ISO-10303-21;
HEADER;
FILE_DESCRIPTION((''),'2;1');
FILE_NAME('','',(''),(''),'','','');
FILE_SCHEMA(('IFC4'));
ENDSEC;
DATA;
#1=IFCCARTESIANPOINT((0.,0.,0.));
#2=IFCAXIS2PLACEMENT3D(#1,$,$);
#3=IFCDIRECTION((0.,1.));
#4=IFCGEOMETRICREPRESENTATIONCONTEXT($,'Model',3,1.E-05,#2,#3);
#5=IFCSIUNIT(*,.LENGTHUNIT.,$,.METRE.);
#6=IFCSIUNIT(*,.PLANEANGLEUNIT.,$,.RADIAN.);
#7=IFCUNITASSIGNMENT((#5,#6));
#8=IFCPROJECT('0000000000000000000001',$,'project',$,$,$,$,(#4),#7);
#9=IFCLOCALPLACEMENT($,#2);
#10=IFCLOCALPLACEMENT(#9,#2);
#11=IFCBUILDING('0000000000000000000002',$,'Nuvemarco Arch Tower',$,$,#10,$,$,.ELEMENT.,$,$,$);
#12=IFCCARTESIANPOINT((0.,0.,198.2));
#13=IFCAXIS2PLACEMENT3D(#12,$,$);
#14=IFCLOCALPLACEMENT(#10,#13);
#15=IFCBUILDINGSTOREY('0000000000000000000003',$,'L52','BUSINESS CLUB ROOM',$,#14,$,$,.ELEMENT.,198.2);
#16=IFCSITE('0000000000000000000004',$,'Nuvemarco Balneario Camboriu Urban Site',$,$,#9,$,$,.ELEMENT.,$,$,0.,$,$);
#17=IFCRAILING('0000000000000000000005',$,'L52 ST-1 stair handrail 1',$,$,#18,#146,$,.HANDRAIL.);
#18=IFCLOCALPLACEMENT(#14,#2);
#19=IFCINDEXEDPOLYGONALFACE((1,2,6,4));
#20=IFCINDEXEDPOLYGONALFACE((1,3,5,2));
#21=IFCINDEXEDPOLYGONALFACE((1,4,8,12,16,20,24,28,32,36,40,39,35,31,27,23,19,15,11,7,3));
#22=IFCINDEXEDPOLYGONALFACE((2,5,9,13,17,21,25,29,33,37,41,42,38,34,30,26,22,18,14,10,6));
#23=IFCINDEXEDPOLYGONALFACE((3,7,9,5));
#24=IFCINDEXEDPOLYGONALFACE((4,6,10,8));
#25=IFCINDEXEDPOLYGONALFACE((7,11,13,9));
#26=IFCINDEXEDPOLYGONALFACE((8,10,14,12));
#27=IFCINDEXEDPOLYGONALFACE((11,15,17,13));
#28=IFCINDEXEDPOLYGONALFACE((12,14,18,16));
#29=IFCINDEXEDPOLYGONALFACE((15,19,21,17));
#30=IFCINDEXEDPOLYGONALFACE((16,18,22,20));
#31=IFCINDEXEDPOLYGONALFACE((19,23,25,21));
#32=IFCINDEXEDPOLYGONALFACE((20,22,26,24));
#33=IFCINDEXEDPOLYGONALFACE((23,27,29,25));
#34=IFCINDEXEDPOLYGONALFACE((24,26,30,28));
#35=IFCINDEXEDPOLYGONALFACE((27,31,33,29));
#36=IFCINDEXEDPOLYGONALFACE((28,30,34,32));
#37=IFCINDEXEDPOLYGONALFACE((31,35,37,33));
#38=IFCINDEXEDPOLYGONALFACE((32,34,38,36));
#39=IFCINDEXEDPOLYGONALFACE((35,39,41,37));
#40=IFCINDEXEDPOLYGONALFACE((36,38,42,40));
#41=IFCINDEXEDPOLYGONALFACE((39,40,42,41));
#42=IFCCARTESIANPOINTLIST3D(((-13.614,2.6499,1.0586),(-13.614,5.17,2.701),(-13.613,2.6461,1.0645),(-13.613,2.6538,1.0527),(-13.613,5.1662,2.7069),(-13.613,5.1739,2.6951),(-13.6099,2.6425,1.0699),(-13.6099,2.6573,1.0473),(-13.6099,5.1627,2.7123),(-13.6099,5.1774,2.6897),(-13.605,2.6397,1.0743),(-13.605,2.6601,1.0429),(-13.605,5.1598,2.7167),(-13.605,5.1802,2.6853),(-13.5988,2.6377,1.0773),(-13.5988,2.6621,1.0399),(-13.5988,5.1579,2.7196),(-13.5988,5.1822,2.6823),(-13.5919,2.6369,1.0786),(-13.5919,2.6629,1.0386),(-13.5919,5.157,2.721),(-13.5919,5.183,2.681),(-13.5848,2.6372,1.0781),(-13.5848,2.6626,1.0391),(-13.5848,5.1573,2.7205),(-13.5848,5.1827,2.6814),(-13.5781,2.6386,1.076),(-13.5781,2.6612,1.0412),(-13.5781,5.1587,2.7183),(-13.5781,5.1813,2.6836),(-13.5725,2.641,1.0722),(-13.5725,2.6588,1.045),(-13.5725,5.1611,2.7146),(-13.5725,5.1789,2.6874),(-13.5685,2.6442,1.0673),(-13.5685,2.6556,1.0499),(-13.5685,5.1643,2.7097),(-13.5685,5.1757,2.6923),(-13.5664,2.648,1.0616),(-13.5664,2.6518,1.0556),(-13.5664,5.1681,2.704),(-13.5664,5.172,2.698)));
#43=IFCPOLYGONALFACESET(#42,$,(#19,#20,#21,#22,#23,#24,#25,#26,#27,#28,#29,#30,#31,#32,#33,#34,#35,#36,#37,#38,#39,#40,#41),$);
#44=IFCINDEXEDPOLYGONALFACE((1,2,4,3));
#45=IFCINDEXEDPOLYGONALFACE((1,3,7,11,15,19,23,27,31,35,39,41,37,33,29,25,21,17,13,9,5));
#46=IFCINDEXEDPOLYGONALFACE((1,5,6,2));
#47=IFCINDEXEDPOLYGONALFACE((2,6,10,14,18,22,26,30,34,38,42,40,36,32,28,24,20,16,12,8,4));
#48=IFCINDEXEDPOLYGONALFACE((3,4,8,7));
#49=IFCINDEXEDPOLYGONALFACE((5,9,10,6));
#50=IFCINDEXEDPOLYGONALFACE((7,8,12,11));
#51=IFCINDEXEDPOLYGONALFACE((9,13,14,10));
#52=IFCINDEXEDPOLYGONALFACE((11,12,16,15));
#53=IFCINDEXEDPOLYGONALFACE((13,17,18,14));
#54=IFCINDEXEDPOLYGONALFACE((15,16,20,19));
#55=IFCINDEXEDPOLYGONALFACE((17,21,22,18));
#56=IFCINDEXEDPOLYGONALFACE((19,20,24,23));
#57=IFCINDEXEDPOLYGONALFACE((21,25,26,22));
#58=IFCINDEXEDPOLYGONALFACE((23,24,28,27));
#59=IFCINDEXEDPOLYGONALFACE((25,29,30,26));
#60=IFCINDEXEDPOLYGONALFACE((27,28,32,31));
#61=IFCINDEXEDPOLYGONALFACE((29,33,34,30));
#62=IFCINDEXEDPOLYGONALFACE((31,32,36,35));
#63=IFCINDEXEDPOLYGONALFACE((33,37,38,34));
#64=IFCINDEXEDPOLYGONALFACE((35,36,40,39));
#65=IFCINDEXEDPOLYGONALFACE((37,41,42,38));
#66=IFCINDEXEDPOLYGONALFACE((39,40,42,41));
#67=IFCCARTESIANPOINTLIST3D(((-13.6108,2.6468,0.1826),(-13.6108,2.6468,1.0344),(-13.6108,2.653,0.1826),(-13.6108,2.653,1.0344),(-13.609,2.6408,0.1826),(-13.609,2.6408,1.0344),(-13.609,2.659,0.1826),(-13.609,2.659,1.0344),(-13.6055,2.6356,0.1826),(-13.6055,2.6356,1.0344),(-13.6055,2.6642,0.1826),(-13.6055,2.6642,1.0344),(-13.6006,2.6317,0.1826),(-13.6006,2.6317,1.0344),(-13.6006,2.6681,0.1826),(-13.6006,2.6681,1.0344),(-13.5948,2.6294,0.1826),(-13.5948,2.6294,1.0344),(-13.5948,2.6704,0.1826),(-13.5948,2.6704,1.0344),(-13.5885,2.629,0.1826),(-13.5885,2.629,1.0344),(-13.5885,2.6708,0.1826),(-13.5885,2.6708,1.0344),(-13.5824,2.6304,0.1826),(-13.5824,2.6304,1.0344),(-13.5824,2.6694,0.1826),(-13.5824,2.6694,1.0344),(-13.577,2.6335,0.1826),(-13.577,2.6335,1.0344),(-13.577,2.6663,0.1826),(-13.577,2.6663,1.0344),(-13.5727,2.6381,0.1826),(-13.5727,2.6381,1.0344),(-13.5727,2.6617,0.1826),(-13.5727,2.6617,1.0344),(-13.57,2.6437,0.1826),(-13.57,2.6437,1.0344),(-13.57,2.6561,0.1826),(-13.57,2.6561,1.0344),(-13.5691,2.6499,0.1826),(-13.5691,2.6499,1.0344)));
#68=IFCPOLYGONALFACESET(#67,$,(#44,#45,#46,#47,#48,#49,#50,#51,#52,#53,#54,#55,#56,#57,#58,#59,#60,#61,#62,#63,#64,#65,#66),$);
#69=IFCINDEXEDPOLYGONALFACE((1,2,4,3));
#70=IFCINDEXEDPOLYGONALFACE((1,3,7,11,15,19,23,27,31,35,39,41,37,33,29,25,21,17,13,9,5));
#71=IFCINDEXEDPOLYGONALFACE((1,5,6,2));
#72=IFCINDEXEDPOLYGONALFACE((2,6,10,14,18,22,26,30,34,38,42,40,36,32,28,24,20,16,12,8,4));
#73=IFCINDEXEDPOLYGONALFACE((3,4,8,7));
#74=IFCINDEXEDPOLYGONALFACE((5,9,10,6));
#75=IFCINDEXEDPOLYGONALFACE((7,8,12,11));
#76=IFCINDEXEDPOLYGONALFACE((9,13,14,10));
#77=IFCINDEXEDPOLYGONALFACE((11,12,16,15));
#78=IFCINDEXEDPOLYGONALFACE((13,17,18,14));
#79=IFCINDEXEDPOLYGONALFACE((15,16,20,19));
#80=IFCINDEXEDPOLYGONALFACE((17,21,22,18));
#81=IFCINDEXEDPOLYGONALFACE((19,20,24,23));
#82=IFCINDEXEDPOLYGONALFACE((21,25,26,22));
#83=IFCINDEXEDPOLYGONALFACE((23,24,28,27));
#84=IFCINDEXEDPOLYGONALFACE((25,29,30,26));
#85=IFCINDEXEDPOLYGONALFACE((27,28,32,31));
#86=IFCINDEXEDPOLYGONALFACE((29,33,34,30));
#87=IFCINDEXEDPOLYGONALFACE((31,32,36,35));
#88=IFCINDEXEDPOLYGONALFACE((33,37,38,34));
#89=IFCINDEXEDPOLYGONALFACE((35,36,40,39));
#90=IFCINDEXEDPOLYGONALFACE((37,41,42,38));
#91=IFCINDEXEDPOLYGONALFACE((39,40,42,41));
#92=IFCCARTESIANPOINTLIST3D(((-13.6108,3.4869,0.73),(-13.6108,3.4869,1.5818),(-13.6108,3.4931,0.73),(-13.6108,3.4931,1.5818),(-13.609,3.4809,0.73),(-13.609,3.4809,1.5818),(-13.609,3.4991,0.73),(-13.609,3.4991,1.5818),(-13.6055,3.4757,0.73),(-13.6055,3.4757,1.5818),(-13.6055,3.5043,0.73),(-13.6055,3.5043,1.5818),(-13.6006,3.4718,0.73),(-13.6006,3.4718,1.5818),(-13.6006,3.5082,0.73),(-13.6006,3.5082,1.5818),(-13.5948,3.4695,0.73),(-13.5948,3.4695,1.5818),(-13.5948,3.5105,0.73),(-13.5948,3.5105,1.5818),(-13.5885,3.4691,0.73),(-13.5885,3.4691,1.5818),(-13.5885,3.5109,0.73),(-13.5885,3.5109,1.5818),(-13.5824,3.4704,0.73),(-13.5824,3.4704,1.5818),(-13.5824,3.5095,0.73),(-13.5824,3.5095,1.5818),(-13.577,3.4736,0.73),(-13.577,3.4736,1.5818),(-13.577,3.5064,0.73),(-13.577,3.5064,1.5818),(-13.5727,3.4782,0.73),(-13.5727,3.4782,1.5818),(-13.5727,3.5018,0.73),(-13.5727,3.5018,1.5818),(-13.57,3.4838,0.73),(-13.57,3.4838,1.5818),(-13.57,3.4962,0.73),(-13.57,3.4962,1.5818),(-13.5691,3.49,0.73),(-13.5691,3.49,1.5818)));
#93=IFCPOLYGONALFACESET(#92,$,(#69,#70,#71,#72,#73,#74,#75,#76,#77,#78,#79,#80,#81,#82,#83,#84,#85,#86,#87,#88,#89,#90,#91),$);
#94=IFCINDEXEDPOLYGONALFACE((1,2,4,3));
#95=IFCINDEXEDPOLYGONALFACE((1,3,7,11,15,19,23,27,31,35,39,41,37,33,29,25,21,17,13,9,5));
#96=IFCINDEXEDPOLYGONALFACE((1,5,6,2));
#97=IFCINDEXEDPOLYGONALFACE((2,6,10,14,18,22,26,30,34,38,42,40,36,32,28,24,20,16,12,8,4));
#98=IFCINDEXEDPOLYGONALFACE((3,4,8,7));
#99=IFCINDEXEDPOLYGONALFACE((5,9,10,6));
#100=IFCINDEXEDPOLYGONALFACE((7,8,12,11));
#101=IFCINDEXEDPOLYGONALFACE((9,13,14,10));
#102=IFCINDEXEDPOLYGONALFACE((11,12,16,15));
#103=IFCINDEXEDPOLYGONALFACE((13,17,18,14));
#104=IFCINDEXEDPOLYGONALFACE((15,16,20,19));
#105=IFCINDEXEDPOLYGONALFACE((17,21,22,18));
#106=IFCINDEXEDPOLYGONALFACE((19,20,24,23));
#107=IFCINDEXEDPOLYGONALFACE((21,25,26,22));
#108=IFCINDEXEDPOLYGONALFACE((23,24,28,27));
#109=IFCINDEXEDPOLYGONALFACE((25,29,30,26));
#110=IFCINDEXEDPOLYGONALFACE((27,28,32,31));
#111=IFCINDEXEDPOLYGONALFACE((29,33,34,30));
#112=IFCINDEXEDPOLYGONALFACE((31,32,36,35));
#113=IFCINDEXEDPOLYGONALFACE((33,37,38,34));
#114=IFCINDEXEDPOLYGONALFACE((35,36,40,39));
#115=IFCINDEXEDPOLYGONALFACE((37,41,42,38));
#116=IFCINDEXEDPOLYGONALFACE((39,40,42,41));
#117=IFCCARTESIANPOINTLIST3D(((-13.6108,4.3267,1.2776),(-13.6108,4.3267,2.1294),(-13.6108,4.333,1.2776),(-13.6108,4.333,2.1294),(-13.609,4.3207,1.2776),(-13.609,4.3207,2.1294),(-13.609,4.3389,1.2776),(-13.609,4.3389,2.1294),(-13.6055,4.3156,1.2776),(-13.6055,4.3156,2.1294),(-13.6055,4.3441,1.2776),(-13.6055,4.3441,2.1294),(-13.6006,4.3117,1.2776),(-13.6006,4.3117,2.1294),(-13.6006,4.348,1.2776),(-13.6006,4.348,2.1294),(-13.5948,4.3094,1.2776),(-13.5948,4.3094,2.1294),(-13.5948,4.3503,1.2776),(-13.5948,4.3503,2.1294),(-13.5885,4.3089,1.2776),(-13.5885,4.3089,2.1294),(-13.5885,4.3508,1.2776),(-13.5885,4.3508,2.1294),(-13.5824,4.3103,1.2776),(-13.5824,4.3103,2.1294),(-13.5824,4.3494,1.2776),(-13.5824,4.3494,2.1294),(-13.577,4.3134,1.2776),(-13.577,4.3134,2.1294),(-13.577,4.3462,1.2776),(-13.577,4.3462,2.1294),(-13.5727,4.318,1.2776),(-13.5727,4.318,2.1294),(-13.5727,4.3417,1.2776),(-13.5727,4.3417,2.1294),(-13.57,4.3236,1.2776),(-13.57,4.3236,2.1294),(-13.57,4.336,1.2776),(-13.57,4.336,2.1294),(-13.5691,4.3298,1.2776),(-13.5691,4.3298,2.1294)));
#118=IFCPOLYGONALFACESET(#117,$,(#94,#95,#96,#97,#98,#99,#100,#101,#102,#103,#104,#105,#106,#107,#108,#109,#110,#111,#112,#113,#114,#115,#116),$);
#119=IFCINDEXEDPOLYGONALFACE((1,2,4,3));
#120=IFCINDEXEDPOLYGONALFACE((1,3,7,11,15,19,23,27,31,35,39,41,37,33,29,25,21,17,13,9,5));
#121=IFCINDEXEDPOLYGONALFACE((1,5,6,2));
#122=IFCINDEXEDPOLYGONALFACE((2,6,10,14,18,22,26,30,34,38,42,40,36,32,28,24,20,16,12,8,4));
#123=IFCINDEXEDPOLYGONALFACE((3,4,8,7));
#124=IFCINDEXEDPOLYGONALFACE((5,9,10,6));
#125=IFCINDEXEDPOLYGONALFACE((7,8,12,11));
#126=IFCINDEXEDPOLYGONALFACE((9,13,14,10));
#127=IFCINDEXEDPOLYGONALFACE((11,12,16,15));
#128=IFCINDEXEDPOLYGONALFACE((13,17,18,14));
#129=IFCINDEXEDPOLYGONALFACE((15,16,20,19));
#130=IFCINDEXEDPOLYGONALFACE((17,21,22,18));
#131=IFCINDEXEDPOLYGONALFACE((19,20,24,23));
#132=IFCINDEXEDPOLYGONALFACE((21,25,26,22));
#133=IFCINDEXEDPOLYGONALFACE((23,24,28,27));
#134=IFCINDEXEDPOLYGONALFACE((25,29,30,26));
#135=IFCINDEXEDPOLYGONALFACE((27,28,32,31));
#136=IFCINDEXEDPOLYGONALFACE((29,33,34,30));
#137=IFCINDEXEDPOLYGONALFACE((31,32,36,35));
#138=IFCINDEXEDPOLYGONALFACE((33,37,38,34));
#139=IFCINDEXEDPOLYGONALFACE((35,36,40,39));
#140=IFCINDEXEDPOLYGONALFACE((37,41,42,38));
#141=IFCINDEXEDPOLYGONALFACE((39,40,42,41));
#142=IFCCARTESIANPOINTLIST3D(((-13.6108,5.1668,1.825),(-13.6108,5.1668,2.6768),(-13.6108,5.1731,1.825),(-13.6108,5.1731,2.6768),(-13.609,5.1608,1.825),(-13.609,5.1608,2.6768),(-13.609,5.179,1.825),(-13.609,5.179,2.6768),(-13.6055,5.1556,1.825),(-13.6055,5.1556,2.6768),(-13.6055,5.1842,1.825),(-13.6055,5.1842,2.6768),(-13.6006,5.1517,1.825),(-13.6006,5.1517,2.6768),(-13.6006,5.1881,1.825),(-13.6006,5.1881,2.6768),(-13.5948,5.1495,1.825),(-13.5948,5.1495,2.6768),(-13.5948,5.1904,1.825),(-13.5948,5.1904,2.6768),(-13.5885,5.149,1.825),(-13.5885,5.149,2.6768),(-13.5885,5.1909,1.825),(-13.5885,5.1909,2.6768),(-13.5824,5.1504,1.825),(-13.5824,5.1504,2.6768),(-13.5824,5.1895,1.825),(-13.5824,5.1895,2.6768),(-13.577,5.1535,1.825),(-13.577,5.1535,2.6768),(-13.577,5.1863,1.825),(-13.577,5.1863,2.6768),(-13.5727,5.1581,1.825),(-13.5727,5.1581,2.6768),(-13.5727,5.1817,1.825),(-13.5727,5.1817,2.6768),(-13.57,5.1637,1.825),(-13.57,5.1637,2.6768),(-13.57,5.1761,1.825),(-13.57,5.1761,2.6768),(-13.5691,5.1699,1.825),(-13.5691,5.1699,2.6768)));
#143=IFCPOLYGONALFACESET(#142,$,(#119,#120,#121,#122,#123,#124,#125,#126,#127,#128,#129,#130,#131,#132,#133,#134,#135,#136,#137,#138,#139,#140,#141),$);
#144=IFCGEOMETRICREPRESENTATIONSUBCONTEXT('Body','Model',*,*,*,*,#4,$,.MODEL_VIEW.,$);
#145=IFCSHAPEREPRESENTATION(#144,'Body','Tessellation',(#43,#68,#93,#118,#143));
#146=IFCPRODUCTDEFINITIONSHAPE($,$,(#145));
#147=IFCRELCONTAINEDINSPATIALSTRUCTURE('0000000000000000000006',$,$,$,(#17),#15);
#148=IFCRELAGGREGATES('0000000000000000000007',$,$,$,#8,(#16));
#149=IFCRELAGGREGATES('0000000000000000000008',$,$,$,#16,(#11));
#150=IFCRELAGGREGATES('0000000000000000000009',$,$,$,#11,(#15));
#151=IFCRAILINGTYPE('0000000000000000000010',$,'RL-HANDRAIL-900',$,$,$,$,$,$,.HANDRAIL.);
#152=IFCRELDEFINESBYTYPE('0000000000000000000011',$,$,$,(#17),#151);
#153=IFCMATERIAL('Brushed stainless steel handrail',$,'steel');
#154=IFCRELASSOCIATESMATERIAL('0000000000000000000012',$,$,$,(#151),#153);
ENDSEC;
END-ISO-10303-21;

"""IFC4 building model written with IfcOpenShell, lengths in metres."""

from ifc_helpers import new_model, si_unit, direction, frame, origin, origin_2d, place, context, subcontext, project, spatial, circle, extrude, material, type_object, element, save


model = new_model("IFC4")

# Units and contexts
model_context = context("Model", 3, precision=1e-05, world=origin(), true_north=direction((0.0, 1.0)))
body_context = subcontext(model_context, "Body", "Model", "MODEL_VIEW")
ifc_project = project(units=[si_unit("LENGTHUNIT", "METRE"), si_unit("PLANEANGLEUNIT", "RADIAN")], contexts=[model_context])

# Site, building, storey
site_placement = place(None, origin())
site = spatial("IfcSite", under=ifc_project, at=site_placement, Name="Nuvemarco Balneario Camboriu Urban Site", CompositionType="ELEMENT", RefElevation=0.0)
building_placement = place(site_placement, origin())
building = spatial("IfcBuilding", under=site, at=building_placement, Name="Nuvemarco Arch Tower", CompositionType="ELEMENT")
storey_placement = place(building_placement, frame((0.0, 0.0, 198.2)))
storey = spatial("IfcBuildingStorey", under=building, at=storey_placement, Name="L52", Description="BUSINESS CLUB ROOM", CompositionType="ELEMENT", Elevation=198.2)

# Railing
ifc_material_1 = material(Name="Brushed stainless steel handrail", Category="steel")
railing_type_1 = type_object("IfcRailingType", Name="RL-HANDRAIL-900", PredefinedType="HANDRAIL", material=ifc_material_1)
railing_1_placement = place(storey_placement, frame((-13.5901, 2.6499, 0.1826)))
element("IfcRailing", 1, at=railing_1_placement, inside=storey, type_object=railing_type_1, Name="L52 ST-1 stair handrail 1", PredefinedType="HANDRAIL", context=body_context, shape_type="SweptSolid", body=[
    extrude(circle(Radius=0.0239, at=origin_2d()), frame((0.0, 0.0, 0.876), z_axis=(0.0, 0.837787, 0.545998), x_axis=(-1.0, 0.0, 0.0)), (0.0, 0.0, 1.0), 3.0081),
    extrude(circle(Radius=0.021, at=origin_2d()), origin(), (0.0, 0.0, 1.0), 0.8518),
    extrude(circle(Radius=0.021, at=origin_2d()), frame((0.0, 0.8401, 0.5474)), (0.0, 0.0, 1.0), 0.8518),
    extrude(circle(Radius=0.021, at=origin_2d()), frame((0.0, 1.6799, 1.095)), (0.0, 0.0, 1.0), 0.8518),
    extrude(circle(Radius=0.021, at=origin_2d()), frame((0.0, 2.52, 1.6423)), (0.0, 0.0, 1.0), 0.8518),
])

save(model, "model.ifc")
